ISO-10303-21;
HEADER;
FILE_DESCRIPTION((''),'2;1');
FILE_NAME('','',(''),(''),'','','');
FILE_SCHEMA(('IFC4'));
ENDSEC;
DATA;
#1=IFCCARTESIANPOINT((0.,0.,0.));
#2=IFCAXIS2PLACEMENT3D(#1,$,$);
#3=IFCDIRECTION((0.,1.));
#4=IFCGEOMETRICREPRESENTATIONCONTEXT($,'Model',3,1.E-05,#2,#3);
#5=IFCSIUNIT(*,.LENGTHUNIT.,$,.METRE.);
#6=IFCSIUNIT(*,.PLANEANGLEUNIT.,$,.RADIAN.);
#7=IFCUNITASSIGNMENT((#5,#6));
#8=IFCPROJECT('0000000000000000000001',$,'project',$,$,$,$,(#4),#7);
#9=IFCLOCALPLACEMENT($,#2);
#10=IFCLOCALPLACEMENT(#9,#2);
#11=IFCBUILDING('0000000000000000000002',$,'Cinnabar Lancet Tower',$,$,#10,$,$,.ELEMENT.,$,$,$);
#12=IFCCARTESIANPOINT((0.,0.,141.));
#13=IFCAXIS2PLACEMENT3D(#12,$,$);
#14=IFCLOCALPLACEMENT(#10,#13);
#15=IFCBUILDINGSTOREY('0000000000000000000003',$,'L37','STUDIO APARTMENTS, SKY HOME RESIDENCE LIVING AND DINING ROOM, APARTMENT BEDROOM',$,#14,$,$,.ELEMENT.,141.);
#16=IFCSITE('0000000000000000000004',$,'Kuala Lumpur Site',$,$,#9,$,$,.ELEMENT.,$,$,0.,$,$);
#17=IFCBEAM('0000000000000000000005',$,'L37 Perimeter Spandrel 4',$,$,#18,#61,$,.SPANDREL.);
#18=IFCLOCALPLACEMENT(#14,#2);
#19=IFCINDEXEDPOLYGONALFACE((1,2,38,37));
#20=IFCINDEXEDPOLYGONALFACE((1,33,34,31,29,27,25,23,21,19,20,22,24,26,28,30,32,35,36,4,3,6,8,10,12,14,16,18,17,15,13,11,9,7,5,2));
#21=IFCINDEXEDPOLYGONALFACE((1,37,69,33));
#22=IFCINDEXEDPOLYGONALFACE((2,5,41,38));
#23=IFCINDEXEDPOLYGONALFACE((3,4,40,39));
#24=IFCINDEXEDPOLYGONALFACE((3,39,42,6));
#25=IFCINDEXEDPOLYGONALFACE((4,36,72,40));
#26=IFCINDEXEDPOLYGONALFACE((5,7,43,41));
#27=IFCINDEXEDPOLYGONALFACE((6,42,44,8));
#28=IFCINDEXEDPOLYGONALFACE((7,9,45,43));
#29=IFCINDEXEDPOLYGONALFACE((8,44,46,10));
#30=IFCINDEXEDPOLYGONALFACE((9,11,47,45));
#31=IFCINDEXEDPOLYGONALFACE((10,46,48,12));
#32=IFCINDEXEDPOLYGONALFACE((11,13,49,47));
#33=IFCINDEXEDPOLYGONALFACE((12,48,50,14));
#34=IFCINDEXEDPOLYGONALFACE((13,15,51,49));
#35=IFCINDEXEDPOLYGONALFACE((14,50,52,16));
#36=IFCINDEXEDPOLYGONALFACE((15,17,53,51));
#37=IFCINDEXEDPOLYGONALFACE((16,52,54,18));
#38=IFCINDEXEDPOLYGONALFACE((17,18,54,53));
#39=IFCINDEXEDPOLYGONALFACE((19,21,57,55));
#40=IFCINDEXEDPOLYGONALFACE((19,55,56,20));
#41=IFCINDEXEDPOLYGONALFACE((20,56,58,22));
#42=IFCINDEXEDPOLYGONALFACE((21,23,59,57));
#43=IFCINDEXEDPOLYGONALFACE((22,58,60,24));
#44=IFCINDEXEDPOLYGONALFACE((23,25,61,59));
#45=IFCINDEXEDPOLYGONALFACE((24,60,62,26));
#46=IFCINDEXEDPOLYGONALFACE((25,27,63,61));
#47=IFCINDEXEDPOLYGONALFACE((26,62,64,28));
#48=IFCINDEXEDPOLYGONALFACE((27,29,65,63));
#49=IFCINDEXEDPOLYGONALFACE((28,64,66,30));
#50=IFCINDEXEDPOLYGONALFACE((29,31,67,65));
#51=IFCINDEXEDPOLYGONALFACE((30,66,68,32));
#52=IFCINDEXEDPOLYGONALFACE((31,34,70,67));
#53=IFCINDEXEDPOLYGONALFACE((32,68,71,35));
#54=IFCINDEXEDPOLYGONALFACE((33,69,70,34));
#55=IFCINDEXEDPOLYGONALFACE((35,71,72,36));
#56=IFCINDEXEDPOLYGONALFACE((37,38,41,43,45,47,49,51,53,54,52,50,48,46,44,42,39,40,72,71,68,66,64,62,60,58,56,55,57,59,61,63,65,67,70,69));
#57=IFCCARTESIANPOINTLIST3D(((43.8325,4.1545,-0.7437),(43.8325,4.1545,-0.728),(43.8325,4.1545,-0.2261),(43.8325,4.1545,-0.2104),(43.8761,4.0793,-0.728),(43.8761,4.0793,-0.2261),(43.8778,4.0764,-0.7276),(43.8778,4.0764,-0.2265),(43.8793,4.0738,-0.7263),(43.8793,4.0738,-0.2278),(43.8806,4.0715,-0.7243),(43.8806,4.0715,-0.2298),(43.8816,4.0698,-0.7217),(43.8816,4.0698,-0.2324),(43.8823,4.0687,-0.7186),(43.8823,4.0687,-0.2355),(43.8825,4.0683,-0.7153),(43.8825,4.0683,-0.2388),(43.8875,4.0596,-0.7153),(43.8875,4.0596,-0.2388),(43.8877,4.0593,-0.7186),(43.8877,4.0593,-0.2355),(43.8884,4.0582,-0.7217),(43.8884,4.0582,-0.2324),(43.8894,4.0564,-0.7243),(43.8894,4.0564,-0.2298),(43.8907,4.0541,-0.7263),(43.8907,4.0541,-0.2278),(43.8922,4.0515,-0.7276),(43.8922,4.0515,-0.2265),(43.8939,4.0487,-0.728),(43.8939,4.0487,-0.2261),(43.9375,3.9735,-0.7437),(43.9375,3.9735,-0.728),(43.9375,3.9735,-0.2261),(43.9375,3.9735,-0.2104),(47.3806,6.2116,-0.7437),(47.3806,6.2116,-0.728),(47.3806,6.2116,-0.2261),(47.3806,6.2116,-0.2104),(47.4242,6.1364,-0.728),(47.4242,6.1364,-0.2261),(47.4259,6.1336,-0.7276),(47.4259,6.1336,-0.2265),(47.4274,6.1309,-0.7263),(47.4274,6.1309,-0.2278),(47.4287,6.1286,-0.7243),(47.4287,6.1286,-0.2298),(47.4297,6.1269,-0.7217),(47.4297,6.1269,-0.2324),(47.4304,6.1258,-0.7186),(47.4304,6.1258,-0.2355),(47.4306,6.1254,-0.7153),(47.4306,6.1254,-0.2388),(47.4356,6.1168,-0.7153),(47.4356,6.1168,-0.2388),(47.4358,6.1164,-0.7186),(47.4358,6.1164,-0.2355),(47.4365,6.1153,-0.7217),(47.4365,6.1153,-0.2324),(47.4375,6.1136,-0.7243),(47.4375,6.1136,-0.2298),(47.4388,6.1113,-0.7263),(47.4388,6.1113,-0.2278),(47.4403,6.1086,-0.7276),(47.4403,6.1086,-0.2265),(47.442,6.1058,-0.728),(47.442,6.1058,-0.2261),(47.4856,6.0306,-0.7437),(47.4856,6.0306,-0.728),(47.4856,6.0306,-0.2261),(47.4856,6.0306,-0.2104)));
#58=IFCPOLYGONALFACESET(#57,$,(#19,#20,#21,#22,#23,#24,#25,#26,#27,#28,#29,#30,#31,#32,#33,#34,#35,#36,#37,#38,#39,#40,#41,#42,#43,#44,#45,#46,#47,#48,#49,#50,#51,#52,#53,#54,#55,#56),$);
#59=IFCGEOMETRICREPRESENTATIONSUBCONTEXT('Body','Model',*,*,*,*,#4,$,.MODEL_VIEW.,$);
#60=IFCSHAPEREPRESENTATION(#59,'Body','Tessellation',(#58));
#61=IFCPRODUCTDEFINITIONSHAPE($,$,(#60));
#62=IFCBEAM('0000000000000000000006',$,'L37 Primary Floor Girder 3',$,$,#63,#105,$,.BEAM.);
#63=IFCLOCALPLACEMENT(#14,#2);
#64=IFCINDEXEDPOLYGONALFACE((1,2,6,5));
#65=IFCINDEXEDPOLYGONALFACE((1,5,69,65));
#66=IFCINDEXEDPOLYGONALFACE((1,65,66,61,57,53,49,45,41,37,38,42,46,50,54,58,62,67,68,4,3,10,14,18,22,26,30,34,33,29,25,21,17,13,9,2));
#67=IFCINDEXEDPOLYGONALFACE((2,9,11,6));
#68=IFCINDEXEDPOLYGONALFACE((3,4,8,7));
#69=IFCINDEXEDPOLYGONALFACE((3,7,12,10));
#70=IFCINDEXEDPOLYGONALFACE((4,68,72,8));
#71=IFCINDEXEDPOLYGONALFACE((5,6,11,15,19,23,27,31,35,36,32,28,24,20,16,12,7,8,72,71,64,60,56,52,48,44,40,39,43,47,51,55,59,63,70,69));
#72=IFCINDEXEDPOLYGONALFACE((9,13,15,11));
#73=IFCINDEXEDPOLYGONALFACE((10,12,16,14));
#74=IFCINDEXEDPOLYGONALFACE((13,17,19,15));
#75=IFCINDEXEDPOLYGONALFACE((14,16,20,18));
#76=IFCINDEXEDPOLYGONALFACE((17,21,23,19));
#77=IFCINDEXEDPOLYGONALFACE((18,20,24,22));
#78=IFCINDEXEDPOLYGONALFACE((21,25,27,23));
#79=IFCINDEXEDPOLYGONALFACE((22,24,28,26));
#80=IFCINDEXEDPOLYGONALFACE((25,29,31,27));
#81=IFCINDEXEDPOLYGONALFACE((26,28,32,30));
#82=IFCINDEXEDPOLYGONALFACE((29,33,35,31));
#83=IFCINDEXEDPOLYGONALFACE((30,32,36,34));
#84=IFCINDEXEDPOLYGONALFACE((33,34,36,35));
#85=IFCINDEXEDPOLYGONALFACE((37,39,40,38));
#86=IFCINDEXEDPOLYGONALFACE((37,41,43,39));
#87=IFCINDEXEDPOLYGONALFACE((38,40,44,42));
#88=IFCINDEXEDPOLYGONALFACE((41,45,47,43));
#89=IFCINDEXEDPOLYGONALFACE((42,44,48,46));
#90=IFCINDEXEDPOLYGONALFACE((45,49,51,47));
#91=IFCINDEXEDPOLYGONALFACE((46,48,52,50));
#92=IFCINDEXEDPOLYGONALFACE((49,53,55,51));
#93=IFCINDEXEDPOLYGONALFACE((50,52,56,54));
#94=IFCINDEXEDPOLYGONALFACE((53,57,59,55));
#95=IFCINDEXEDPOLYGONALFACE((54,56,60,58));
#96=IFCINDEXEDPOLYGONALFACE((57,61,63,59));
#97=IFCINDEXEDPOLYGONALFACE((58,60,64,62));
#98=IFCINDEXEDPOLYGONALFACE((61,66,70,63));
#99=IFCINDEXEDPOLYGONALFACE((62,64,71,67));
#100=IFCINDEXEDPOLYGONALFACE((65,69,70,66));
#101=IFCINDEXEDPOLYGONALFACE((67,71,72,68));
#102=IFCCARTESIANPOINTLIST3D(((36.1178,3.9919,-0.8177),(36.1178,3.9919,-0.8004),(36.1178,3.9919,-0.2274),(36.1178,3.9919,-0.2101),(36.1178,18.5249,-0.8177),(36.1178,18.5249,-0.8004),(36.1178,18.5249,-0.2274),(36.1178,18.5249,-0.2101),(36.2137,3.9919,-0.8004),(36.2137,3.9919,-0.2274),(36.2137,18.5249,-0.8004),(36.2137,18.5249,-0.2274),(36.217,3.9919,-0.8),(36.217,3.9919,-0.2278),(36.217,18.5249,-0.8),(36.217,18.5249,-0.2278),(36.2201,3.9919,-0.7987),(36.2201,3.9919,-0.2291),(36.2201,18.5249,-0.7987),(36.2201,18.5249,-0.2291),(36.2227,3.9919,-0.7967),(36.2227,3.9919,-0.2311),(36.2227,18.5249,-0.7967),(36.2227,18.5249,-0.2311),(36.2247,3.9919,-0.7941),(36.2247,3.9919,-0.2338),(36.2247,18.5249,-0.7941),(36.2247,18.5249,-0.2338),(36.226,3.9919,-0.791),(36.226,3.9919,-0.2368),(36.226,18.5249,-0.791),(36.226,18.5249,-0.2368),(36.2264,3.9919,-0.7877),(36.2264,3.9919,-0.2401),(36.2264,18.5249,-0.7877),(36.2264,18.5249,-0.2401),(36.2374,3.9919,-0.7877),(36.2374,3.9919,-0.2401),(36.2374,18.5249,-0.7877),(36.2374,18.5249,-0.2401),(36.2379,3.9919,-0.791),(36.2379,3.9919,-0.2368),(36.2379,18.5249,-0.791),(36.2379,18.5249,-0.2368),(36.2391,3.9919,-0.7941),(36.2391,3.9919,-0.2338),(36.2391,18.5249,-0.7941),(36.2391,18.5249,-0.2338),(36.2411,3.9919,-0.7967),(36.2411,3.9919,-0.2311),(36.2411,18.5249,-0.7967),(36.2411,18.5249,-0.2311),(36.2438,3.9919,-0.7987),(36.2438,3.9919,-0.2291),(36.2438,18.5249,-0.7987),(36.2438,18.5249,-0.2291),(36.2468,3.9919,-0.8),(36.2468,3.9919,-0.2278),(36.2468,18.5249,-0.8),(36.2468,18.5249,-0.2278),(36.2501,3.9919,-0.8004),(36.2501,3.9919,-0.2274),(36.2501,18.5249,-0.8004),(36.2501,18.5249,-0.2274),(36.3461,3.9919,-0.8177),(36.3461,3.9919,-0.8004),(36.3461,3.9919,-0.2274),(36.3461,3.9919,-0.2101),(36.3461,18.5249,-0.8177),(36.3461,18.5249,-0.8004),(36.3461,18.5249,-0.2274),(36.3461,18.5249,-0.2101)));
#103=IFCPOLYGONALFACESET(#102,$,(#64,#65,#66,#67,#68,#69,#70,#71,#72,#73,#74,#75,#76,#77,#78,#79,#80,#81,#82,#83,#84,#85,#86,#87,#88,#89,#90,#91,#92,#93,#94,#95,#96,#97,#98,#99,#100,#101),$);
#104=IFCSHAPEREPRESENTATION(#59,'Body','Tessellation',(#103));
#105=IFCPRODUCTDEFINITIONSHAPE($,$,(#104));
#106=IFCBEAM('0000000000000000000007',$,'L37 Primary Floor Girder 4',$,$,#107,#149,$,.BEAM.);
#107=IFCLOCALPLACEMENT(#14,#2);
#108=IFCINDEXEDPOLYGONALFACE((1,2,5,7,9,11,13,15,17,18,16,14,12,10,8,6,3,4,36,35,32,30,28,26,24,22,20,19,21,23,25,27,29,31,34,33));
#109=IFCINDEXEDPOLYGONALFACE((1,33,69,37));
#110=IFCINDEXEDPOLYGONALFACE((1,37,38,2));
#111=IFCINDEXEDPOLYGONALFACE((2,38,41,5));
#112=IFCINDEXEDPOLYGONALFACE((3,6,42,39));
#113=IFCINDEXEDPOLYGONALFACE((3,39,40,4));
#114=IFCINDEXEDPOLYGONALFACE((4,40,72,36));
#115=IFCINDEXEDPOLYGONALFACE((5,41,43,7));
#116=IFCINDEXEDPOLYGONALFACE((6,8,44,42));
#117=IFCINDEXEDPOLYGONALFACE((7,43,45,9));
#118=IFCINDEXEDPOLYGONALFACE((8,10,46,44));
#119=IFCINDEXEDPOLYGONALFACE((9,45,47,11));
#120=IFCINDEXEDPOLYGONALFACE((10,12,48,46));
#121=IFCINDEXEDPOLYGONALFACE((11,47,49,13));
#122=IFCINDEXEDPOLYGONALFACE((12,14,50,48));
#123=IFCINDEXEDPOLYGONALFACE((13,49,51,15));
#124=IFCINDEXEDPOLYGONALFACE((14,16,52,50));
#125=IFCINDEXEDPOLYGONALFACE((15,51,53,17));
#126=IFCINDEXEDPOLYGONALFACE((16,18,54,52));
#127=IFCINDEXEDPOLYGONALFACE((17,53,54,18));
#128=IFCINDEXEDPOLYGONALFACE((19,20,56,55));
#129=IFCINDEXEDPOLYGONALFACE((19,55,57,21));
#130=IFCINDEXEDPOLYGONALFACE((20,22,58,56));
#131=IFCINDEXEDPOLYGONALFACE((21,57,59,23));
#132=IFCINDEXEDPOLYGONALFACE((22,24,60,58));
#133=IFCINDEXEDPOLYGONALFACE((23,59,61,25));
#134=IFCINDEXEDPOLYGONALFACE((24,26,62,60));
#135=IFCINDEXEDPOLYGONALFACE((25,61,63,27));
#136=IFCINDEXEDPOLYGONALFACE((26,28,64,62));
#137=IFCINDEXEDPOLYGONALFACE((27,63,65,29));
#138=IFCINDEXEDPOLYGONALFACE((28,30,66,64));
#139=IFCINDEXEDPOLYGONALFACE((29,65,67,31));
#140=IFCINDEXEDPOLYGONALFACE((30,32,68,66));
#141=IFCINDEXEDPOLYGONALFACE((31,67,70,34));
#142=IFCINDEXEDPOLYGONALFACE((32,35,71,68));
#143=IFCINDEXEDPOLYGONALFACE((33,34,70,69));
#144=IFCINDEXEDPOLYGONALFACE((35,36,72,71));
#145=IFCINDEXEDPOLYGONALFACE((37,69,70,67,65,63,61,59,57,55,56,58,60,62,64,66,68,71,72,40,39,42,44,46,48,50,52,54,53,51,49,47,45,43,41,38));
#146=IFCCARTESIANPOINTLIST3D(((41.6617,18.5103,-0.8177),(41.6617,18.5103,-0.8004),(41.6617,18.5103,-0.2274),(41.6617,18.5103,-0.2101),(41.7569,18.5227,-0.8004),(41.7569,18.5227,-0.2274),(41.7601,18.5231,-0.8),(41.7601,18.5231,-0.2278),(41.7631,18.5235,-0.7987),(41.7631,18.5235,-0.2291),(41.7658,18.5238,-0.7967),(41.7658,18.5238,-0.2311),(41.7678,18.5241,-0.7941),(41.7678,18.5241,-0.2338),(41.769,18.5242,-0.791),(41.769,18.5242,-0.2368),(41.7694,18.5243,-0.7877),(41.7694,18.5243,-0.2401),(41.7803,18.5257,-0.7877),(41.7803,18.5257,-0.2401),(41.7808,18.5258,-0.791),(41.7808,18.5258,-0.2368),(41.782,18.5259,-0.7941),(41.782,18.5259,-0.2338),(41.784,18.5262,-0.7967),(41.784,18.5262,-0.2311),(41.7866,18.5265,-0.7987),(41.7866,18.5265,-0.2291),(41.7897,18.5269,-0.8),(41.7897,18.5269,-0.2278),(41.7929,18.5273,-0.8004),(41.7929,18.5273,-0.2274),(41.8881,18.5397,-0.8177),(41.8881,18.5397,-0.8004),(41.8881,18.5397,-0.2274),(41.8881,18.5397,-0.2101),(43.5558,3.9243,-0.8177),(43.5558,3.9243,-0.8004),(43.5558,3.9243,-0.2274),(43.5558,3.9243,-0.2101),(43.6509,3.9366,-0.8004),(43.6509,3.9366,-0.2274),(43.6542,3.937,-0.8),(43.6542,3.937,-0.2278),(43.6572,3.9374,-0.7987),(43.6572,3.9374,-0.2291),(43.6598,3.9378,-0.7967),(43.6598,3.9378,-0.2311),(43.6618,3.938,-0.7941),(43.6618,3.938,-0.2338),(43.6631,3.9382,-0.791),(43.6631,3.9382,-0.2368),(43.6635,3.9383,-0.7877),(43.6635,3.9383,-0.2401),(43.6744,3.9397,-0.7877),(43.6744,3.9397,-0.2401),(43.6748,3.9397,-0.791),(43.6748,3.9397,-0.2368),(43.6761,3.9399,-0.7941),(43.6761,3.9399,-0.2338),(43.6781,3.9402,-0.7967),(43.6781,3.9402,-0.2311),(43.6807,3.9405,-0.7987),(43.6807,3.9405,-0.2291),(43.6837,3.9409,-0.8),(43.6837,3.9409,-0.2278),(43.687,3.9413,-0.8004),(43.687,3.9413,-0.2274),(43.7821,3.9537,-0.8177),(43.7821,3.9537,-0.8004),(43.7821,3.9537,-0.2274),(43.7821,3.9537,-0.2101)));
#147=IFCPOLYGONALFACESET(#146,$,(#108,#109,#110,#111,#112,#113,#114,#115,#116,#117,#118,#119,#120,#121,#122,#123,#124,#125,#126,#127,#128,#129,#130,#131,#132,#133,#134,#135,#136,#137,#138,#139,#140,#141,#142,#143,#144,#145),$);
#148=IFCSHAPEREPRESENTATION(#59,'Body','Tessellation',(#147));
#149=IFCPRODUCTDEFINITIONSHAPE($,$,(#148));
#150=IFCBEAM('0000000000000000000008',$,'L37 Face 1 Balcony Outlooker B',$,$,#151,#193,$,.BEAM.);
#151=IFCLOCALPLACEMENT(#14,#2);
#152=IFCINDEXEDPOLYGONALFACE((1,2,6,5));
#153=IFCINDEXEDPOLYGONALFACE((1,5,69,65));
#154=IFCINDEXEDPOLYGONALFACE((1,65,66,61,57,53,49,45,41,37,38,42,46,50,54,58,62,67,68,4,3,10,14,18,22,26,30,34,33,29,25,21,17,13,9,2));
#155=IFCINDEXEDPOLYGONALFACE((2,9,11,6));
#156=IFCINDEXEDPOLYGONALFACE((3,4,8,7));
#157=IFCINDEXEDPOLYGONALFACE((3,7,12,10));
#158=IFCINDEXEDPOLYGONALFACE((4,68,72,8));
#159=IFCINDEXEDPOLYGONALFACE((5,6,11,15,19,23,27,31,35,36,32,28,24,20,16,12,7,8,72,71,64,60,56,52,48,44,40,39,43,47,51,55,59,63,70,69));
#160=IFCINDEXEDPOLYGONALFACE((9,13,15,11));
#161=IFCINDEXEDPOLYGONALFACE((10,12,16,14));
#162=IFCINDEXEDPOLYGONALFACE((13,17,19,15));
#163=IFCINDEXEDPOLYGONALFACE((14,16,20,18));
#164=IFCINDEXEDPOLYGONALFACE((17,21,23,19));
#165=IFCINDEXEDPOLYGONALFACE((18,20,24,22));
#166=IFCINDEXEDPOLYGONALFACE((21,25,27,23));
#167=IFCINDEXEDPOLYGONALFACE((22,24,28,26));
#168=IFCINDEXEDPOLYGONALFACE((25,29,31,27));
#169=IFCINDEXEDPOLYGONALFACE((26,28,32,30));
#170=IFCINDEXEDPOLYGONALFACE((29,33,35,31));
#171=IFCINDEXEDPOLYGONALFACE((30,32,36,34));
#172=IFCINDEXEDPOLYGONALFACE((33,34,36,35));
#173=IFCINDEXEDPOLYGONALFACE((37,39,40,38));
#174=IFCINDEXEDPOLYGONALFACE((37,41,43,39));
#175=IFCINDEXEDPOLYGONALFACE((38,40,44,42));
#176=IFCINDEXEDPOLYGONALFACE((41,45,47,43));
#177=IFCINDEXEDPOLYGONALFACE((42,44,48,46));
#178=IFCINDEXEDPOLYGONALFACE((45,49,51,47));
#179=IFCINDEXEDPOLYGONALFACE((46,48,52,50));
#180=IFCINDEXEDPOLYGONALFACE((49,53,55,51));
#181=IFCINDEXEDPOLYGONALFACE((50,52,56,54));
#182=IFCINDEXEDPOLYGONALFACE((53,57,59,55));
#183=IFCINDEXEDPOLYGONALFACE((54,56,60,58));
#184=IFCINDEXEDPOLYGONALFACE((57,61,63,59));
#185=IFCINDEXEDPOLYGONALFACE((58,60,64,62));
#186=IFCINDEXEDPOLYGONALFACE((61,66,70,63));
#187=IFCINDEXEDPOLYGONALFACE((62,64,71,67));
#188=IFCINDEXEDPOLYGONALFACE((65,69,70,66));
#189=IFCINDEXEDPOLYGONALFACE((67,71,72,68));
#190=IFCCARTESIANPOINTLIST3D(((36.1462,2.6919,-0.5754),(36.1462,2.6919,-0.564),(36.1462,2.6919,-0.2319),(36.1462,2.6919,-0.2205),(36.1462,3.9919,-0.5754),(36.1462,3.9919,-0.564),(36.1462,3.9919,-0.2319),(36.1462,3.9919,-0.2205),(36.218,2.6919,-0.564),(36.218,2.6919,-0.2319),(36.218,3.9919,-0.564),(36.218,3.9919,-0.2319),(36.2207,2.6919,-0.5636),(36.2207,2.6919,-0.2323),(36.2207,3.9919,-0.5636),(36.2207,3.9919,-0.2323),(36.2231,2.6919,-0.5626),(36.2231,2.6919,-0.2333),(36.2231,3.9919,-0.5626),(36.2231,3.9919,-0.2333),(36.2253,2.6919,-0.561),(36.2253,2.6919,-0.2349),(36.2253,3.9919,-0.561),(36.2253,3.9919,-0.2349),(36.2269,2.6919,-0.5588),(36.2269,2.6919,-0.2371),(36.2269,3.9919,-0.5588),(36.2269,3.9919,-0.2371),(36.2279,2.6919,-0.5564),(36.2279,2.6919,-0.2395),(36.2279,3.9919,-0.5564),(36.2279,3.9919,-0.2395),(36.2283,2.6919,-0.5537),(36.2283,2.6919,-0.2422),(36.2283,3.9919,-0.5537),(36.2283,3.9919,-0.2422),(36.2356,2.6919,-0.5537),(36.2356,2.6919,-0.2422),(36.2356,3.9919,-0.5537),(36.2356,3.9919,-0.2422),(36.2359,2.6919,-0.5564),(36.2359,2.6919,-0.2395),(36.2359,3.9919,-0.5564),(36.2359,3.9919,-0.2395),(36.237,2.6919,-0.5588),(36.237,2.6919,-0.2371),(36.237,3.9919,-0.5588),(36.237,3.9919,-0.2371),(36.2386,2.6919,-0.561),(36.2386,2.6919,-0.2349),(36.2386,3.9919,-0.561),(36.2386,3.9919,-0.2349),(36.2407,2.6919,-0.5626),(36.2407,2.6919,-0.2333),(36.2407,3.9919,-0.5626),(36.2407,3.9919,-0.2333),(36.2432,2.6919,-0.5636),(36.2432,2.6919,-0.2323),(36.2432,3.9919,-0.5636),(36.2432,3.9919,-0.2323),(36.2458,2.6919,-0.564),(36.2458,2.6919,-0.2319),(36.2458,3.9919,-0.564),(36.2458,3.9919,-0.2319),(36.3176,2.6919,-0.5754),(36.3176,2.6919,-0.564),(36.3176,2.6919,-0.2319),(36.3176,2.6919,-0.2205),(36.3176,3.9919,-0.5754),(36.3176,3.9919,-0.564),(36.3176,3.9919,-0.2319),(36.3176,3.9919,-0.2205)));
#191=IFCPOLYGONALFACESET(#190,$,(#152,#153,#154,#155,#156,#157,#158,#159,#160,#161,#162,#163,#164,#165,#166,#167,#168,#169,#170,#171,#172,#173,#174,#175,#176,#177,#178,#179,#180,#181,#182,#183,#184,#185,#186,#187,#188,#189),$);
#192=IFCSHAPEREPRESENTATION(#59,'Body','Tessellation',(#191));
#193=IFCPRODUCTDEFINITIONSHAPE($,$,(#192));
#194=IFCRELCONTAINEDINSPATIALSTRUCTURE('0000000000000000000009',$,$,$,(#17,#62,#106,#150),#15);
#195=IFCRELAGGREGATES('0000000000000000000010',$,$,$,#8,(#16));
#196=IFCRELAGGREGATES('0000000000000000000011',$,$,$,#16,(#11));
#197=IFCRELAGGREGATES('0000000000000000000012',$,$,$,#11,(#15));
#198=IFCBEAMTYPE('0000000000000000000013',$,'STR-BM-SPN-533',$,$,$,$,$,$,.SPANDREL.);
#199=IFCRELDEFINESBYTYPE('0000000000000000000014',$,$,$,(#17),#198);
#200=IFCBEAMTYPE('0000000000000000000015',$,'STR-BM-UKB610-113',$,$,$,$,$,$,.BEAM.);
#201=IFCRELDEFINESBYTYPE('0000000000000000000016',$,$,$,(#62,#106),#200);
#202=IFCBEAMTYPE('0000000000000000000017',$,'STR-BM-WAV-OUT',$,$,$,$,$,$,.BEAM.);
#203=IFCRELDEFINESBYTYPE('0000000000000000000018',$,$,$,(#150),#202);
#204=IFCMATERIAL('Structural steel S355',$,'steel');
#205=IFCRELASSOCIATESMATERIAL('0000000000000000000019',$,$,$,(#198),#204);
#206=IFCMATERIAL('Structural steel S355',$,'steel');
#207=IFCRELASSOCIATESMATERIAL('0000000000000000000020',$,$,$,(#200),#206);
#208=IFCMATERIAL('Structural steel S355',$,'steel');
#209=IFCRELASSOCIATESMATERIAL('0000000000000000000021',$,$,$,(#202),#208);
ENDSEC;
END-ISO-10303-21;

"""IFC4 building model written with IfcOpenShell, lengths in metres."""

from ifc_helpers import new_model, si_unit, direction, frame, origin, origin_2d, place, context, subcontext, project, spatial, i_section, extrude, material, material_profile, profile_set, type_object, element, save


model = new_model("IFC4")

# Units and contexts
model_context = context("Model", 3, precision=1e-05, world=origin(), true_north=direction((0.0, 1.0)))
body_context = subcontext(model_context, "Body", "Model", "MODEL_VIEW")
ifc_project = project(units=[si_unit("LENGTHUNIT", "METRE"), si_unit("PLANEANGLEUNIT", "RADIAN")], contexts=[model_context])

# Site, building, storey
site_placement = place(None, origin())
site = spatial("IfcSite", under=ifc_project, at=site_placement, Name="Kuala Lumpur Site", CompositionType="ELEMENT", RefElevation=0.0)
building_placement = place(site_placement, origin())
building = spatial("IfcBuilding", under=site, at=building_placement, Name="Cinnabar Lancet Tower", CompositionType="ELEMENT")
storey_placement = place(building_placement, frame((0.0, 0.0, 141.0)))
storey = spatial("IfcBuildingStorey", under=building, at=storey_placement, Name="L37", Description="STUDIO APARTMENTS, SKY HOME RESIDENCE LIVING AND DINING ROOM, APARTMENT BEDROOM", CompositionType="ELEMENT", Elevation=141.0)

# Beams
ifc_material_1 = material(Name="Structural steel S355", Category="steel")
ifc_material_profile_1 = material_profile(ifc_material_1, i_section(OverallWidth=0.2092, OverallDepth=0.5332, WebThickness=0.01, FlangeThickness=0.0156, FilletRadius=0.0127, at=origin_2d()), Name="UKB 533x210x92")
ifc_profile_set_1 = profile_set([ifc_material_profile_1], Name="Structural steel S355")
beam_type_1 = type_object("IfcBeamType", Name="STR-BM-SPN-533", PredefinedType="SPANDREL", material=ifc_profile_set_1)
beam_1_placement = place(storey_placement, frame((43.885, 4.064, -0.4771), z_axis=(0.865112, 0.501578, 0.0), x_axis=(-0.501578, 0.865112, 0.0)))
element("IfcBeam", 1, at=beam_1_placement, inside=storey, type_object=beam_type_1, Name="L37 Perimeter Spandrel 4", PredefinedType="SPANDREL", context=body_context, shape_type="SweptSolid", body=[
    extrude(i_section(OverallWidth=0.2092, OverallDepth=0.5332, WebThickness=0.01, FlangeThickness=0.0156, FilletRadius=0.0127, at=origin_2d()), origin(), (0.0, 0.0, 1.0), 4.1013),
])
ifc_material_2 = material(Name="Structural steel S355", Category="steel")
ifc_material_profile_2 = material_profile(ifc_material_2, i_section(OverallWidth=0.2283, OverallDepth=0.6077, WebThickness=0.011, FlangeThickness=0.0173, FilletRadius=0.0127, at=origin_2d()), Name="UKB 610x229x113")
ifc_profile_set_2 = profile_set([ifc_material_profile_2], Name="Structural steel S355")
beam_type_2 = type_object("IfcBeamType", Name="STR-BM-UKB610-113", PredefinedType="BEAM", material=ifc_profile_set_2)
beam_2_placement = place(storey_placement, frame((36.2319, 3.9919, -0.5139), z_axis=(0.0, 1.0, 0.0), x_axis=(-1.0, 0.0, 0.0)))
element("IfcBeam", 2, at=beam_2_placement, inside=storey, type_object=beam_type_2, Name="L37 Primary Floor Girder 3", PredefinedType="BEAM", context=body_context, shape_type="SweptSolid", body=[
    extrude(i_section(OverallWidth=0.2283, OverallDepth=0.6077, WebThickness=0.011, FlangeThickness=0.0173, FilletRadius=0.0127, at=origin_2d()), origin(), (0.0, 0.0, 1.0), 14.533),
])
beam_3_placement = place(storey_placement, frame((43.6689, 3.939, -0.5139), z_axis=(-0.128773, 0.991674, 0.0), x_axis=(-0.991674, -0.128773, 0.0)))
element("IfcBeam", 3, at=beam_3_placement, inside=storey, type_object=beam_type_2, Name="L37 Primary Floor Girder 4", PredefinedType="BEAM", context=body_context, shape_type="SweptSolid", body=[
    extrude(i_section(OverallWidth=0.2283, OverallDepth=0.6077, WebThickness=0.011, FlangeThickness=0.0173, FilletRadius=0.0127, at=origin_2d()), origin(), (0.0, 0.0, 1.0), 14.7085),
])
ifc_material_3 = material(Name="Structural steel S355", Category="steel")
ifc_material_profile_3 = material_profile(ifc_material_3, i_section(OverallWidth=0.1714, OverallDepth=0.355, WebThickness=0.0073, FlangeThickness=0.0115, FilletRadius=0.0103, at=origin_2d()), Name="UKB 356x171x51")
ifc_profile_set_3 = profile_set([ifc_material_profile_3], Name="Structural steel S355")
beam_type_3 = type_object("IfcBeamType", Name="STR-BM-WAV-OUT", PredefinedType="BEAM", material=ifc_profile_set_3)
beam_4_placement = place(storey_placement, frame((36.2319, 3.9919, -0.3979), z_axis=(0.0, -1.0, 0.0), x_axis=(1.0, 0.0, 0.0)))
element("IfcBeam", 4, at=beam_4_placement, inside=storey, type_object=beam_type_3, Name="L37 Face 1 Balcony Outlooker B", PredefinedType="BEAM", context=body_context, shape_type="SweptSolid", body=[
    extrude(i_section(OverallWidth=0.1714, OverallDepth=0.355, WebThickness=0.0073, FlangeThickness=0.0115, FilletRadius=0.0103, at=origin_2d()), origin(), (0.0, 0.0, 1.0), 1.3),
])

save(model, "model.ifc")
